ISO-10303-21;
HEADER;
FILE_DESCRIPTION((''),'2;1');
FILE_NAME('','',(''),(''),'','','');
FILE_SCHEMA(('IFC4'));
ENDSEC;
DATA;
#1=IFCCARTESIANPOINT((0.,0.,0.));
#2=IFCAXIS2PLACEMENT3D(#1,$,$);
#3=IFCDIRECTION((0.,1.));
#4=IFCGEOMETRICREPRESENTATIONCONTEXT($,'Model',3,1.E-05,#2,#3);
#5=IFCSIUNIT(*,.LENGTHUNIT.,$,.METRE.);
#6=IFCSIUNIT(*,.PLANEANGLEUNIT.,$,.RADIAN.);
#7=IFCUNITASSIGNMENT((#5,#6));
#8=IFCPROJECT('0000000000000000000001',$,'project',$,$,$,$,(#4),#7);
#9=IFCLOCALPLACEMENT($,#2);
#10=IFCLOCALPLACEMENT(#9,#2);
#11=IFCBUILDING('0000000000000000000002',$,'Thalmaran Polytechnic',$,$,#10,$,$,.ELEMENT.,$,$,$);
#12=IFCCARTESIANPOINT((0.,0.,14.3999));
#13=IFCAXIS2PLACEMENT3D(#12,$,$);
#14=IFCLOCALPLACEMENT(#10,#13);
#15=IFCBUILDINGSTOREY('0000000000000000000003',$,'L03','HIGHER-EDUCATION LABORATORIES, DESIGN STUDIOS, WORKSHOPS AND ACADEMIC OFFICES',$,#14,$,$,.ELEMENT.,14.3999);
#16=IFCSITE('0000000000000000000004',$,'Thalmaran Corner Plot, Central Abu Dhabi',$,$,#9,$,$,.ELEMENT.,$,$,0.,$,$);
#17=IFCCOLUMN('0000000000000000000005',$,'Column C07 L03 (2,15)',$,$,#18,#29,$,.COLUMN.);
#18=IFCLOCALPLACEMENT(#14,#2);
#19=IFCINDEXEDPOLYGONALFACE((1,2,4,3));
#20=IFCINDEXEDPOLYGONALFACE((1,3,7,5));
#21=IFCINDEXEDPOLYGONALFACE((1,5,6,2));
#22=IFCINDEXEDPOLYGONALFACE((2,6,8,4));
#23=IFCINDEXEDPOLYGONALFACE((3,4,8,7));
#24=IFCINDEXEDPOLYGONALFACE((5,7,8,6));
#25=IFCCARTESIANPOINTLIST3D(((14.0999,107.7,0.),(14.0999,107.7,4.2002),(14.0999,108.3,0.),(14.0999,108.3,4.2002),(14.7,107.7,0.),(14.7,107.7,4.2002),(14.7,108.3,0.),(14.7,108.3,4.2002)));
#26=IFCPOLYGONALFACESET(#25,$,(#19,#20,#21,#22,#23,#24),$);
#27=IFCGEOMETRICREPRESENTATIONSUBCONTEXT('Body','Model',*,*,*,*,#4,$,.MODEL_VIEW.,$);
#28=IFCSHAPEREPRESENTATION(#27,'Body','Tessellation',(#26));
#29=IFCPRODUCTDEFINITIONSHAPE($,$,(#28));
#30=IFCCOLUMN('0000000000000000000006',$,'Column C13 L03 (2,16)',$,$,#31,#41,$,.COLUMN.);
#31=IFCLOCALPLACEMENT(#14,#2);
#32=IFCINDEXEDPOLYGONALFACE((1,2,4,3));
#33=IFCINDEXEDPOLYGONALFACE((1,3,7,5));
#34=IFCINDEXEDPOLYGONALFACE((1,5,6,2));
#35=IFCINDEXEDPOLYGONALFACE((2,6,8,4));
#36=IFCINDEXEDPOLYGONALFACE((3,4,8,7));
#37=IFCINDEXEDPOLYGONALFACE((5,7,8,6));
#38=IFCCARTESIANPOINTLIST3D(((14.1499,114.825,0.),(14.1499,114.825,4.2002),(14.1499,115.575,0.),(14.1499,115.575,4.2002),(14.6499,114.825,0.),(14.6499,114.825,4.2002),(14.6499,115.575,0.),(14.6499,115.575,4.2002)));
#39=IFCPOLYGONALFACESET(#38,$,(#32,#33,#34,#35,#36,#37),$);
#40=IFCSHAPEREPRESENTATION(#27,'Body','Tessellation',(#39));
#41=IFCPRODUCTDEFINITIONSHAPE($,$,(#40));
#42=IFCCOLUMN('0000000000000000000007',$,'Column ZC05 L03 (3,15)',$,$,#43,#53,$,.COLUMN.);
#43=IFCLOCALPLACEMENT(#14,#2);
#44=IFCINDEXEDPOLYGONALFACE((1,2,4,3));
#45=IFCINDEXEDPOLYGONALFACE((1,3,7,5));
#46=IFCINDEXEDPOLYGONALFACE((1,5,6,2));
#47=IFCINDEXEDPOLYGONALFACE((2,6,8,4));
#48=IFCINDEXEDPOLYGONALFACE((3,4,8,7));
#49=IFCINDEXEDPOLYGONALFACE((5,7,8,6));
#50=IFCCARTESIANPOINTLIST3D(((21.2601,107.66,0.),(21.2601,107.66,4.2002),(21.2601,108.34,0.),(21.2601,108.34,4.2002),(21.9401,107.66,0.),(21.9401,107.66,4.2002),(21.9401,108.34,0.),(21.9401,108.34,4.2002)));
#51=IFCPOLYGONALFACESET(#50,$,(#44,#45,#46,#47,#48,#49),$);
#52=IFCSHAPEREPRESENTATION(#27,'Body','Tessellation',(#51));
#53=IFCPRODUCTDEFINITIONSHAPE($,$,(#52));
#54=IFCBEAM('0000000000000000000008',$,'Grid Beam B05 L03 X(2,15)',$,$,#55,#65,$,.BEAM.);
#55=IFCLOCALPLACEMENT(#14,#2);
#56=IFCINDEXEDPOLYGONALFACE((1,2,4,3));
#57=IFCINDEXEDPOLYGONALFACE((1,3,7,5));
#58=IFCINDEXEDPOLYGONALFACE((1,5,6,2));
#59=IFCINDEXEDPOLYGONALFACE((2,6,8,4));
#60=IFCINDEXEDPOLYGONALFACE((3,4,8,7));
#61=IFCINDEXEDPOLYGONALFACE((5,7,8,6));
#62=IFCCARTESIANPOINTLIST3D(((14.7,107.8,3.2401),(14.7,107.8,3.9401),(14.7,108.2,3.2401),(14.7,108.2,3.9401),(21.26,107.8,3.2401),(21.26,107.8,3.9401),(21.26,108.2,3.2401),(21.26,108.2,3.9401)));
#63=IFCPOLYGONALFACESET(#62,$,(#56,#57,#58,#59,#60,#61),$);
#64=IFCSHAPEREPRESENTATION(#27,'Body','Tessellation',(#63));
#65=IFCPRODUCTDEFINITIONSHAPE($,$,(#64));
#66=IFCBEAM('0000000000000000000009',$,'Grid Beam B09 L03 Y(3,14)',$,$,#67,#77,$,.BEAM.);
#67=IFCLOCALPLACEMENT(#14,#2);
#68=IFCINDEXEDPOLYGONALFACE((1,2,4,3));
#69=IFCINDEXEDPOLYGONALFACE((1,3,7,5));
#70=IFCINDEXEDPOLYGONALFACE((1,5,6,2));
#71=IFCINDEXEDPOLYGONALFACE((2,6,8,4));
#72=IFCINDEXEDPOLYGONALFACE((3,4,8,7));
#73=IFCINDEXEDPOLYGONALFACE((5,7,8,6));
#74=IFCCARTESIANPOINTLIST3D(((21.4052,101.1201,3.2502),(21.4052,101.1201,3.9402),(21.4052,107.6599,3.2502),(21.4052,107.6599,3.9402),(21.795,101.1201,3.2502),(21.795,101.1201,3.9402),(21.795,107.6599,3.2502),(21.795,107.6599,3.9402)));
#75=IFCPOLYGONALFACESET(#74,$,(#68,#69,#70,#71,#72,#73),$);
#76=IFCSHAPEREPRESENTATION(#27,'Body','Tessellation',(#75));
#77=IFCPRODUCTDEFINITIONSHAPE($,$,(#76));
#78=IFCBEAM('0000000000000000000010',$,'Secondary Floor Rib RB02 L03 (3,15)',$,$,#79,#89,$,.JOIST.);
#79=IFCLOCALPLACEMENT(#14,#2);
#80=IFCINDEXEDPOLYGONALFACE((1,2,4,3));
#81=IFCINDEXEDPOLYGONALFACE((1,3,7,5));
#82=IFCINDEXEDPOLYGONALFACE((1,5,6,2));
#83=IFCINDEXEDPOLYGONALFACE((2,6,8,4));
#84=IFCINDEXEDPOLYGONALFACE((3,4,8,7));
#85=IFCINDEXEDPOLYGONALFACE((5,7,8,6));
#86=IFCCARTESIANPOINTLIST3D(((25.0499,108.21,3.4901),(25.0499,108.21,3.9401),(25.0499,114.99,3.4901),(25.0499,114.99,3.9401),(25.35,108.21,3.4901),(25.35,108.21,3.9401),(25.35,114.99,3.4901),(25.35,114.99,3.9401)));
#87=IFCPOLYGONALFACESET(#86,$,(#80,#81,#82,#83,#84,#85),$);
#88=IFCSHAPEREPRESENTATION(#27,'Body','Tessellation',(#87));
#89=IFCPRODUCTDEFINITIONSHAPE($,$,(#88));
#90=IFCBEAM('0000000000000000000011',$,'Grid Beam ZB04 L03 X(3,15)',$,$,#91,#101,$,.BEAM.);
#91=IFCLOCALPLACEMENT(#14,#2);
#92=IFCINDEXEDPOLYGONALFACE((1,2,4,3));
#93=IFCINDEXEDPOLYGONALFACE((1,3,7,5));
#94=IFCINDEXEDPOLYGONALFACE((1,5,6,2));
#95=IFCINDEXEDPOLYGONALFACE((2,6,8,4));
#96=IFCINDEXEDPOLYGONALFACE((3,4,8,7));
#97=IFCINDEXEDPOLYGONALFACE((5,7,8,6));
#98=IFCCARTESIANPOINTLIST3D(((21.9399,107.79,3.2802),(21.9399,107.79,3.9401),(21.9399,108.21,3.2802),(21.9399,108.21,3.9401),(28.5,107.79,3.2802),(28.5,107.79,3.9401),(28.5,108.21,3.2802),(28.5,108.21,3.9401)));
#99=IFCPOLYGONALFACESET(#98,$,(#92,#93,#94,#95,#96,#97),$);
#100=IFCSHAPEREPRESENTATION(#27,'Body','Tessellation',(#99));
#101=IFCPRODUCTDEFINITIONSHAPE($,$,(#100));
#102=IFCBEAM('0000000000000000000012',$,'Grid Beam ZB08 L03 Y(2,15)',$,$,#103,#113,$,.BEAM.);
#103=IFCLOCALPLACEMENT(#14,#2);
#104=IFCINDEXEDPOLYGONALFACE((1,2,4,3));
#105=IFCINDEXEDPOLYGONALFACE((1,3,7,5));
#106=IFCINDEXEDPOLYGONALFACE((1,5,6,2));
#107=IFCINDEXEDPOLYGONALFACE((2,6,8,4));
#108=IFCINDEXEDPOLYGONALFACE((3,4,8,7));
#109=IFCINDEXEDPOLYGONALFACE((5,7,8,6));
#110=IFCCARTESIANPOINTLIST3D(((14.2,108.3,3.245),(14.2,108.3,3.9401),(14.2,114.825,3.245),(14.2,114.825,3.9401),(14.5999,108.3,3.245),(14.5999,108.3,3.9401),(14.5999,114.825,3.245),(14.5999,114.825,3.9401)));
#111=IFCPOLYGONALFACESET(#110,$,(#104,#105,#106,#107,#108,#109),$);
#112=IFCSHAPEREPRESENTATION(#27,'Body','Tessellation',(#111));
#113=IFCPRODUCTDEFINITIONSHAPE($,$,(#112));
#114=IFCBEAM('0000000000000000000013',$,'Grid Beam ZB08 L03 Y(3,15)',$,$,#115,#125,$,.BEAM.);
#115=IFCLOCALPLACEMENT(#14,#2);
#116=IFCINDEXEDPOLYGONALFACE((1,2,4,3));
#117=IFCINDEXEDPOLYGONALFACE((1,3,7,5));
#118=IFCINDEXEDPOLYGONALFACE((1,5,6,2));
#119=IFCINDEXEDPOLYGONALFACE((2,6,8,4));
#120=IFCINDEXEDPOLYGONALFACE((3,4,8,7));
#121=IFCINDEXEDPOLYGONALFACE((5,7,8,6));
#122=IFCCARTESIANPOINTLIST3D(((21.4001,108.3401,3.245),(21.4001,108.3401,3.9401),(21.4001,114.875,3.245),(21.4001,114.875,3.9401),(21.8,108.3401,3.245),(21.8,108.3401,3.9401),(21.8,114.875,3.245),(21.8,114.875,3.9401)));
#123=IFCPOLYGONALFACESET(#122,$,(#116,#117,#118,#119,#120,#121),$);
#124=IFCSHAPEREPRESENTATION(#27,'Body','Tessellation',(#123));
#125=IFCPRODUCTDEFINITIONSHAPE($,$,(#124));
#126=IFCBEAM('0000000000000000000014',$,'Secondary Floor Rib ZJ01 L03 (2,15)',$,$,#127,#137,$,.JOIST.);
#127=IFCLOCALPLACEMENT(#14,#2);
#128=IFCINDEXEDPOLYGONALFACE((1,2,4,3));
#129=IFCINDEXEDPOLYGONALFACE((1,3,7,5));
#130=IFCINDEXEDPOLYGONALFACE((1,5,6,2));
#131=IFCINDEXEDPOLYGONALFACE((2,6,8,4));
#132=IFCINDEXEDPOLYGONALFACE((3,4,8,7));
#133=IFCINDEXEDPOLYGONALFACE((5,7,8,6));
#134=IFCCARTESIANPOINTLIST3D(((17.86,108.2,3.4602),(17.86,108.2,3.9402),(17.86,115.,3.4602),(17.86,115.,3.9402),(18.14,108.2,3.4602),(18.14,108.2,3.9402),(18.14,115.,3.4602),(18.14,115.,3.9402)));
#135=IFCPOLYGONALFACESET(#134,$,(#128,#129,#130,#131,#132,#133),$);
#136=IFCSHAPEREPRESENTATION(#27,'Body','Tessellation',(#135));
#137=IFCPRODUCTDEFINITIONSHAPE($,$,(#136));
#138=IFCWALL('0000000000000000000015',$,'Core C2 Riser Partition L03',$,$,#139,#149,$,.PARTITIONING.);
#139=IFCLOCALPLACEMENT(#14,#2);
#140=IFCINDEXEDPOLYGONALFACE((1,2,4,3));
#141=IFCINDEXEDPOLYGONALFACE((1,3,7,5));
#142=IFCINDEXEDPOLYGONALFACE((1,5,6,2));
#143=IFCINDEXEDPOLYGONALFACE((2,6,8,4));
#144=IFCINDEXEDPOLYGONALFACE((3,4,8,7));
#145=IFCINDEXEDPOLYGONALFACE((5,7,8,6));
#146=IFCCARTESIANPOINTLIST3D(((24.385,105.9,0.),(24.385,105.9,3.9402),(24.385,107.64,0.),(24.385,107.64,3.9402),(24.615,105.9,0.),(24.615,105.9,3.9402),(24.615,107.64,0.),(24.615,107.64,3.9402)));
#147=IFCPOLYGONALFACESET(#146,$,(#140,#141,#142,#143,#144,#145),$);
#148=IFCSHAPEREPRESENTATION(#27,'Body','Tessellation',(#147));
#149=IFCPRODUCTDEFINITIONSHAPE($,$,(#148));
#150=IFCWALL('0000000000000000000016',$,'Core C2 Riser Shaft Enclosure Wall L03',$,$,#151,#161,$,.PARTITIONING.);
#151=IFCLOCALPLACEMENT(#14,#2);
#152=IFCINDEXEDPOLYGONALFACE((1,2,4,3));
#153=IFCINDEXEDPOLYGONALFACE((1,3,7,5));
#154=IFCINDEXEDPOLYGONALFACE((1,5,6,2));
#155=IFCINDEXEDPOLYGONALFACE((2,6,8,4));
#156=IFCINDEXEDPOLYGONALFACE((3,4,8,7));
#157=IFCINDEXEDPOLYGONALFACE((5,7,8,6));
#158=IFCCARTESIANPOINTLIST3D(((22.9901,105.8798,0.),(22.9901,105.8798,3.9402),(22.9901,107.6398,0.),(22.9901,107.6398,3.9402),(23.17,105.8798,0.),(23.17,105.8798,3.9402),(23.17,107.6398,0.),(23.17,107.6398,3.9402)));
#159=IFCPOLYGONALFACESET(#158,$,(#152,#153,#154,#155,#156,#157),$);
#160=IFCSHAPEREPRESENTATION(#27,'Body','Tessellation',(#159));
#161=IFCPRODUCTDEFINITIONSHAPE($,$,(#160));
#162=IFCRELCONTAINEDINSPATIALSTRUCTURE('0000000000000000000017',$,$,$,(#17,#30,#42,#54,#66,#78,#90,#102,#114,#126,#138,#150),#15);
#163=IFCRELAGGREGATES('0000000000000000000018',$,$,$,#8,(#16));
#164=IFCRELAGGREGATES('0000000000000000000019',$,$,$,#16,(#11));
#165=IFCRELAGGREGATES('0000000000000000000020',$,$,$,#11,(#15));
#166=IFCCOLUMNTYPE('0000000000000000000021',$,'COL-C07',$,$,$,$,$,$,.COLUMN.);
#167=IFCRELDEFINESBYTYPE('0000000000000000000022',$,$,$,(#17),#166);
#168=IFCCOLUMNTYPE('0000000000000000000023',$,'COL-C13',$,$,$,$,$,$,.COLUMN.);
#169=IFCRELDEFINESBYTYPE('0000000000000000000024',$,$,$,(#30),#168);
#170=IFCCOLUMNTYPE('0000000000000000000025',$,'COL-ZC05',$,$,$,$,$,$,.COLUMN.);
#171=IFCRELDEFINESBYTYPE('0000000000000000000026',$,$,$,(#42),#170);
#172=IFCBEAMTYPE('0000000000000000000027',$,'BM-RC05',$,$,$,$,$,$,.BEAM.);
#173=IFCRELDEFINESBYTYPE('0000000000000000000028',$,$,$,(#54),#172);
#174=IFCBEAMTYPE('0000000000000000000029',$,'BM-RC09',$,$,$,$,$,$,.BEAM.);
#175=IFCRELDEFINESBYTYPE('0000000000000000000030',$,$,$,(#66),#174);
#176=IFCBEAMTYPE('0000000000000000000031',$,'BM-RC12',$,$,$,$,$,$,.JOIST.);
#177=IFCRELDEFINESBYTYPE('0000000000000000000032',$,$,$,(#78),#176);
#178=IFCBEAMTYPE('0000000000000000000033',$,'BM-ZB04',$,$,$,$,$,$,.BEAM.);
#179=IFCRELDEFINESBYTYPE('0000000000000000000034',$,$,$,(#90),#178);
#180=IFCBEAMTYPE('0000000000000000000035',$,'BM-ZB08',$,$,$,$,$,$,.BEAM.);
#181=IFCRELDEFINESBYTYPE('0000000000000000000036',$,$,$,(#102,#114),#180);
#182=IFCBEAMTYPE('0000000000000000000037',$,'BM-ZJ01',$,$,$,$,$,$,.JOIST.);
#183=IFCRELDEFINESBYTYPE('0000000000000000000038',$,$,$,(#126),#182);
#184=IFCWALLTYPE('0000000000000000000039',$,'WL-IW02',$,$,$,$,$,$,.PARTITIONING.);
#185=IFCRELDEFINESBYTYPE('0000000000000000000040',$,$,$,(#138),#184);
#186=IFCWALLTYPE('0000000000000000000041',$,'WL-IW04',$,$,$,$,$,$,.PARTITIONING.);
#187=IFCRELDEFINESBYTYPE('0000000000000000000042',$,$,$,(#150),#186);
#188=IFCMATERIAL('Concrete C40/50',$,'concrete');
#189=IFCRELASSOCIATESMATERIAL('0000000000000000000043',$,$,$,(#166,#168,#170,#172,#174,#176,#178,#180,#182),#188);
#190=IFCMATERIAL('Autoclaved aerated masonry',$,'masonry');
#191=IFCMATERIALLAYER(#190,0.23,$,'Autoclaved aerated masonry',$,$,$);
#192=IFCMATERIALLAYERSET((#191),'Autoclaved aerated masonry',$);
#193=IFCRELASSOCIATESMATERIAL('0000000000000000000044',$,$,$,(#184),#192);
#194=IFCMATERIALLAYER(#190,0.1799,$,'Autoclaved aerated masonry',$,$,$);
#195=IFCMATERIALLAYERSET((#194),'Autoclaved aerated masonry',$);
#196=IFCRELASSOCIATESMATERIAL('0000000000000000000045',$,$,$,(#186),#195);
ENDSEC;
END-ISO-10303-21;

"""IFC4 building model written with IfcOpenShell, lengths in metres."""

from ifc_helpers import new_model, si_unit, direction, frame, frame_2d, origin, origin_2d, place, context, subcontext, project, spatial, rectangle, extrude, material, layer, layer_set, material_profile, profile_set, type_object, element, save


model = new_model("IFC4")

# Units and contexts
model_context = context("Model", 3, precision=1e-05, world=origin(), true_north=direction((0.0, 1.0)))
body_context = subcontext(model_context, "Body", "Model", "MODEL_VIEW")
ifc_project = project(units=[si_unit("LENGTHUNIT", "METRE"), si_unit("PLANEANGLEUNIT", "RADIAN")], contexts=[model_context])

# Site, building, storey
site_placement = place(None, origin())
site = spatial("IfcSite", under=ifc_project, at=site_placement, Name="Thalmaran Corner Plot, Central Abu Dhabi", CompositionType="ELEMENT", RefElevation=0.0)
building_placement = place(site_placement, origin())
building = spatial("IfcBuilding", under=site, at=building_placement, Name="Thalmaran Polytechnic", CompositionType="ELEMENT")
storey_placement = place(building_placement, frame((0.0, 0.0, 14.3999)))
storey = spatial("IfcBuildingStorey", under=building, at=storey_placement, Name="L03", Description="HIGHER-EDUCATION LABORATORIES, DESIGN STUDIOS, WORKSHOPS AND ACADEMIC OFFICES", CompositionType="ELEMENT", Elevation=14.3999)

# Columns
ifc_material_1 = material(Name="Concrete C40/50", Category="concrete")
ifc_material_profile_1 = material_profile(ifc_material_1, rectangle(XDim=0.6001, YDim=0.6001, at=origin_2d()), Name="RC 600x600")
ifc_profile_set_1 = profile_set([ifc_material_profile_1], Name="Concrete C40/50")
column_type_1 = type_object("IfcColumnType", Name="COL-C07", PredefinedType="COLUMN", material=ifc_profile_set_1)
column_1_placement = place(storey_placement, frame((14.3999, 108.0, 0.0), z_axis=(0.0, 0.0, 1.0), x_axis=(1.0, 0.0, 0.0)))
element("IfcColumn", 1, at=column_1_placement, inside=storey, type_object=column_type_1, Name="Column C07 L03 (2,15)", PredefinedType="COLUMN", context=body_context, shape_type="SweptSolid", body=[
    extrude(rectangle(XDim=0.6001, YDim=0.6001, at=origin_2d()), origin(), (0.0, 0.0, 1.0), 4.2002),
])
ifc_material_profile_2 = material_profile(ifc_material_1, rectangle(XDim=0.5, YDim=0.75, at=origin_2d()), Name="RC 500x750")
ifc_profile_set_2 = profile_set([ifc_material_profile_2], Name="Concrete C40/50")
column_type_2 = type_object("IfcColumnType", Name="COL-C13", PredefinedType="COLUMN", material=ifc_profile_set_2)
column_2_placement = place(storey_placement, frame((14.3999, 115.2, 0.0), z_axis=(0.0, 0.0, 1.0), x_axis=(1.0, 0.0, 0.0)))
element("IfcColumn", 2, at=column_2_placement, inside=storey, type_object=column_type_2, Name="Column C13 L03 (2,16)", PredefinedType="COLUMN", context=body_context, shape_type="SweptSolid", body=[
    extrude(rectangle(XDim=0.5, YDim=0.75, at=origin_2d()), origin(), (0.0, 0.0, 1.0), 4.2002),
])
ifc_material_profile_3 = material_profile(ifc_material_1, rectangle(XDim=0.6799, YDim=0.6799, at=origin_2d()), Name="RC 680x680")
ifc_profile_set_3 = profile_set([ifc_material_profile_3], Name="Concrete C40/50")
column_type_3 = type_object("IfcColumnType", Name="COL-ZC05", PredefinedType="COLUMN", material=ifc_profile_set_3)
column_3_placement = place(storey_placement, frame((21.6001, 108.0, 0.0), z_axis=(0.0, 0.0, 1.0), x_axis=(1.0, 0.0, 0.0)))
element("IfcColumn", 3, at=column_3_placement, inside=storey, type_object=column_type_3, Name="Column ZC05 L03 (3,15)", PredefinedType="COLUMN", context=body_context, shape_type="SweptSolid", body=[
    extrude(rectangle(XDim=0.6799, YDim=0.6799, at=origin_2d()), origin(), (0.0, 0.0, 1.0), 4.2002),
])

# Beams
ifc_material_profile_4 = material_profile(ifc_material_1, rectangle(XDim=0.3999, YDim=0.7, at=origin_2d()), Name="RC 400x700")
ifc_profile_set_4 = profile_set([ifc_material_profile_4], Name="Concrete C40/50")
beam_type_1 = type_object("IfcBeamType", Name="BM-RC05", PredefinedType="BEAM", material=ifc_profile_set_4)
beam_1_placement = place(storey_placement, frame((14.7, 108.0, 3.5901), z_axis=(1.0, 0.0, 0.0), x_axis=(0.0, 1.0, 0.0)))
element("IfcBeam", 4, at=beam_1_placement, inside=storey, type_object=beam_type_1, Name="Grid Beam B05 L03 X(2,15)", PredefinedType="BEAM", context=body_context, shape_type="SweptSolid", body=[
    extrude(rectangle(XDim=0.3999, YDim=0.7, at=origin_2d()), origin(), (0.0, 0.0, 1.0), 6.5601),
])
ifc_material_profile_5 = material_profile(ifc_material_1, rectangle(XDim=0.3899, YDim=0.6899, at=origin_2d()), Name="RC 390x690")
ifc_profile_set_5 = profile_set([ifc_material_profile_5], Name="Concrete C40/50")
beam_type_2 = type_object("IfcBeamType", Name="BM-RC09", PredefinedType="BEAM", material=ifc_profile_set_5)
beam_2_placement = place(storey_placement, frame((21.6001, 101.1201, 3.5952), z_axis=(0.0, 1.0, 0.0), x_axis=(-1.0, 0.0, 0.0)))
element("IfcBeam", 5, at=beam_2_placement, inside=storey, type_object=beam_type_2, Name="Grid Beam B09 L03 Y(3,14)", PredefinedType="BEAM", context=body_context, shape_type="SweptSolid", body=[
    extrude(rectangle(XDim=0.3899, YDim=0.6899, at=origin_2d()), origin(), (0.0, 0.0, 1.0), 6.5398),
])
ifc_material_profile_6 = material_profile(ifc_material_1, rectangle(XDim=0.3, YDim=0.45, at=origin_2d()), Name="RC 300x450")
ifc_profile_set_6 = profile_set([ifc_material_profile_6], Name="Concrete C40/50")
beam_type_3 = type_object("IfcBeamType", Name="BM-RC12", PredefinedType="JOIST", material=ifc_profile_set_6)
beam_3_placement = place(storey_placement, frame((25.2, 108.21, 3.7151), z_axis=(0.0, 1.0, 0.0), x_axis=(-1.0, 0.0, 0.0)))
element("IfcBeam", 6, at=beam_3_placement, inside=storey, type_object=beam_type_3, Name="Secondary Floor Rib RB02 L03 (3,15)", PredefinedType="JOIST", context=body_context, shape_type="SweptSolid", body=[
    extrude(rectangle(XDim=0.3, YDim=0.45, at=origin_2d()), origin(), (0.0, 0.0, 1.0), 6.78),
])
ifc_material_profile_7 = material_profile(ifc_material_1, rectangle(XDim=0.4199, YDim=0.6599, at=origin_2d()), Name="RC 420x660")
ifc_profile_set_7 = profile_set([ifc_material_profile_7], Name="Concrete C40/50")
beam_type_4 = type_object("IfcBeamType", Name="BM-ZB04", PredefinedType="BEAM", material=ifc_profile_set_7)
beam_4_placement = place(storey_placement, frame((21.9399, 108.0, 3.6101), z_axis=(1.0, 0.0, 0.0), x_axis=(0.0, 1.0, 0.0)))
element("IfcBeam", 7, at=beam_4_placement, inside=storey, type_object=beam_type_4, Name="Grid Beam ZB04 L03 X(3,15)", PredefinedType="BEAM", context=body_context, shape_type="SweptSolid", body=[
    extrude(rectangle(XDim=0.4199, YDim=0.6599, at=origin_2d()), origin(), (0.0, 0.0, 1.0), 6.5601),
])
ifc_material_profile_8 = material_profile(ifc_material_1, rectangle(XDim=0.3999, YDim=0.6951, at=origin_2d()), Name="RC 400x695")
ifc_profile_set_8 = profile_set([ifc_material_profile_8], Name="Concrete C40/50")
beam_type_5 = type_object("IfcBeamType", Name="BM-ZB08", PredefinedType="BEAM", material=ifc_profile_set_8)
beam_5_placement = place(storey_placement, frame((14.3999, 108.3, 3.5925), z_axis=(0.0, 1.0, 0.0), x_axis=(-1.0, 0.0, 0.0)))
element("IfcBeam", 8, at=beam_5_placement, inside=storey, type_object=beam_type_5, Name="Grid Beam ZB08 L03 Y(2,15)", PredefinedType="BEAM", context=body_context, shape_type="SweptSolid", body=[
    extrude(rectangle(XDim=0.3999, YDim=0.6951, at=origin_2d()), origin(), (0.0, 0.0, 1.0), 6.5249),
])
beam_6_placement = place(storey_placement, frame((21.6001, 108.3401, 3.5925), z_axis=(0.0, 1.0, 0.0), x_axis=(-1.0, 0.0, 0.0)))
element("IfcBeam", 9, at=beam_6_placement, inside=storey, type_object=beam_type_5, Name="Grid Beam ZB08 L03 Y(3,15)", PredefinedType="BEAM", context=body_context, shape_type="SweptSolid", body=[
    extrude(rectangle(XDim=0.3999, YDim=0.6951, at=origin_2d()), origin(), (0.0, 0.0, 1.0), 6.5349),
])
ifc_material_profile_9 = material_profile(ifc_material_1, rectangle(XDim=0.28, YDim=0.48, at=origin_2d()), Name="RC 280x480")
ifc_profile_set_9 = profile_set([ifc_material_profile_9], Name="Concrete C40/50")
beam_type_6 = type_object("IfcBeamType", Name="BM-ZJ01", PredefinedType="JOIST", material=ifc_profile_set_9)
beam_7_placement = place(storey_placement, frame((18.0, 108.2, 3.7002), z_axis=(0.0, 1.0, 0.0), x_axis=(-1.0, 0.0, 0.0)))
element("IfcBeam", 10, at=beam_7_placement, inside=storey, type_object=beam_type_6, Name="Secondary Floor Rib ZJ01 L03 (2,15)", PredefinedType="JOIST", context=body_context, shape_type="SweptSolid", body=[
    extrude(rectangle(XDim=0.28, YDim=0.48, at=origin_2d()), origin(), (0.0, 0.0, 1.0), 6.8),
])

# Walls
ifc_material_2 = material(Name="Autoclaved aerated masonry", Category="masonry")
ifc_layer_1 = layer(ifc_material_2, 0.23, Name="Autoclaved aerated masonry")
ifc_layer_set_1 = layer_set([ifc_layer_1], Name="Autoclaved aerated masonry")
wall_type_1 = type_object("IfcWallType", Name="WL-IW02", PredefinedType="PARTITIONING", material=ifc_layer_set_1)
wall_1_placement = place(storey_placement, frame((24.5, 105.8999, 0.0), z_axis=(0.0, 0.0, 1.0), x_axis=(0.0, 1.0, 0.0)))
element("IfcWall", 11, at=wall_1_placement, inside=storey, type_object=wall_type_1, Name="Core C2 Riser Partition L03", PredefinedType="PARTITIONING", context=body_context, shape_type="SweptSolid", body=[
    extrude(rectangle(XDim=1.74, YDim=0.23, at=frame_2d((0.8701, 0.0))), origin(), (0.0, 0.0, 1.0), 3.9402),
])
ifc_layer_2 = layer(ifc_material_2, 0.1799, Name="Autoclaved aerated masonry")
ifc_layer_set_2 = layer_set([ifc_layer_2], Name="Autoclaved aerated masonry")
wall_type_2 = type_object("IfcWallType", Name="WL-IW04", PredefinedType="PARTITIONING", material=ifc_layer_set_2)
wall_2_placement = place(storey_placement, frame((23.0801, 105.8799, 0.0), z_axis=(0.0, 0.0, 1.0), x_axis=(0.0, 1.0, 0.0)))
element("IfcWall", 12, at=wall_2_placement, inside=storey, type_object=wall_type_2, Name="Core C2 Riser Shaft Enclosure Wall L03", PredefinedType="PARTITIONING", context=body_context, shape_type="SweptSolid", body=[
    extrude(rectangle(XDim=1.76, YDim=0.1799, at=frame_2d((0.8799, 0.0))), origin(), (0.0, 0.0, 1.0), 3.9402),
])

save(model, "model.ifc")
